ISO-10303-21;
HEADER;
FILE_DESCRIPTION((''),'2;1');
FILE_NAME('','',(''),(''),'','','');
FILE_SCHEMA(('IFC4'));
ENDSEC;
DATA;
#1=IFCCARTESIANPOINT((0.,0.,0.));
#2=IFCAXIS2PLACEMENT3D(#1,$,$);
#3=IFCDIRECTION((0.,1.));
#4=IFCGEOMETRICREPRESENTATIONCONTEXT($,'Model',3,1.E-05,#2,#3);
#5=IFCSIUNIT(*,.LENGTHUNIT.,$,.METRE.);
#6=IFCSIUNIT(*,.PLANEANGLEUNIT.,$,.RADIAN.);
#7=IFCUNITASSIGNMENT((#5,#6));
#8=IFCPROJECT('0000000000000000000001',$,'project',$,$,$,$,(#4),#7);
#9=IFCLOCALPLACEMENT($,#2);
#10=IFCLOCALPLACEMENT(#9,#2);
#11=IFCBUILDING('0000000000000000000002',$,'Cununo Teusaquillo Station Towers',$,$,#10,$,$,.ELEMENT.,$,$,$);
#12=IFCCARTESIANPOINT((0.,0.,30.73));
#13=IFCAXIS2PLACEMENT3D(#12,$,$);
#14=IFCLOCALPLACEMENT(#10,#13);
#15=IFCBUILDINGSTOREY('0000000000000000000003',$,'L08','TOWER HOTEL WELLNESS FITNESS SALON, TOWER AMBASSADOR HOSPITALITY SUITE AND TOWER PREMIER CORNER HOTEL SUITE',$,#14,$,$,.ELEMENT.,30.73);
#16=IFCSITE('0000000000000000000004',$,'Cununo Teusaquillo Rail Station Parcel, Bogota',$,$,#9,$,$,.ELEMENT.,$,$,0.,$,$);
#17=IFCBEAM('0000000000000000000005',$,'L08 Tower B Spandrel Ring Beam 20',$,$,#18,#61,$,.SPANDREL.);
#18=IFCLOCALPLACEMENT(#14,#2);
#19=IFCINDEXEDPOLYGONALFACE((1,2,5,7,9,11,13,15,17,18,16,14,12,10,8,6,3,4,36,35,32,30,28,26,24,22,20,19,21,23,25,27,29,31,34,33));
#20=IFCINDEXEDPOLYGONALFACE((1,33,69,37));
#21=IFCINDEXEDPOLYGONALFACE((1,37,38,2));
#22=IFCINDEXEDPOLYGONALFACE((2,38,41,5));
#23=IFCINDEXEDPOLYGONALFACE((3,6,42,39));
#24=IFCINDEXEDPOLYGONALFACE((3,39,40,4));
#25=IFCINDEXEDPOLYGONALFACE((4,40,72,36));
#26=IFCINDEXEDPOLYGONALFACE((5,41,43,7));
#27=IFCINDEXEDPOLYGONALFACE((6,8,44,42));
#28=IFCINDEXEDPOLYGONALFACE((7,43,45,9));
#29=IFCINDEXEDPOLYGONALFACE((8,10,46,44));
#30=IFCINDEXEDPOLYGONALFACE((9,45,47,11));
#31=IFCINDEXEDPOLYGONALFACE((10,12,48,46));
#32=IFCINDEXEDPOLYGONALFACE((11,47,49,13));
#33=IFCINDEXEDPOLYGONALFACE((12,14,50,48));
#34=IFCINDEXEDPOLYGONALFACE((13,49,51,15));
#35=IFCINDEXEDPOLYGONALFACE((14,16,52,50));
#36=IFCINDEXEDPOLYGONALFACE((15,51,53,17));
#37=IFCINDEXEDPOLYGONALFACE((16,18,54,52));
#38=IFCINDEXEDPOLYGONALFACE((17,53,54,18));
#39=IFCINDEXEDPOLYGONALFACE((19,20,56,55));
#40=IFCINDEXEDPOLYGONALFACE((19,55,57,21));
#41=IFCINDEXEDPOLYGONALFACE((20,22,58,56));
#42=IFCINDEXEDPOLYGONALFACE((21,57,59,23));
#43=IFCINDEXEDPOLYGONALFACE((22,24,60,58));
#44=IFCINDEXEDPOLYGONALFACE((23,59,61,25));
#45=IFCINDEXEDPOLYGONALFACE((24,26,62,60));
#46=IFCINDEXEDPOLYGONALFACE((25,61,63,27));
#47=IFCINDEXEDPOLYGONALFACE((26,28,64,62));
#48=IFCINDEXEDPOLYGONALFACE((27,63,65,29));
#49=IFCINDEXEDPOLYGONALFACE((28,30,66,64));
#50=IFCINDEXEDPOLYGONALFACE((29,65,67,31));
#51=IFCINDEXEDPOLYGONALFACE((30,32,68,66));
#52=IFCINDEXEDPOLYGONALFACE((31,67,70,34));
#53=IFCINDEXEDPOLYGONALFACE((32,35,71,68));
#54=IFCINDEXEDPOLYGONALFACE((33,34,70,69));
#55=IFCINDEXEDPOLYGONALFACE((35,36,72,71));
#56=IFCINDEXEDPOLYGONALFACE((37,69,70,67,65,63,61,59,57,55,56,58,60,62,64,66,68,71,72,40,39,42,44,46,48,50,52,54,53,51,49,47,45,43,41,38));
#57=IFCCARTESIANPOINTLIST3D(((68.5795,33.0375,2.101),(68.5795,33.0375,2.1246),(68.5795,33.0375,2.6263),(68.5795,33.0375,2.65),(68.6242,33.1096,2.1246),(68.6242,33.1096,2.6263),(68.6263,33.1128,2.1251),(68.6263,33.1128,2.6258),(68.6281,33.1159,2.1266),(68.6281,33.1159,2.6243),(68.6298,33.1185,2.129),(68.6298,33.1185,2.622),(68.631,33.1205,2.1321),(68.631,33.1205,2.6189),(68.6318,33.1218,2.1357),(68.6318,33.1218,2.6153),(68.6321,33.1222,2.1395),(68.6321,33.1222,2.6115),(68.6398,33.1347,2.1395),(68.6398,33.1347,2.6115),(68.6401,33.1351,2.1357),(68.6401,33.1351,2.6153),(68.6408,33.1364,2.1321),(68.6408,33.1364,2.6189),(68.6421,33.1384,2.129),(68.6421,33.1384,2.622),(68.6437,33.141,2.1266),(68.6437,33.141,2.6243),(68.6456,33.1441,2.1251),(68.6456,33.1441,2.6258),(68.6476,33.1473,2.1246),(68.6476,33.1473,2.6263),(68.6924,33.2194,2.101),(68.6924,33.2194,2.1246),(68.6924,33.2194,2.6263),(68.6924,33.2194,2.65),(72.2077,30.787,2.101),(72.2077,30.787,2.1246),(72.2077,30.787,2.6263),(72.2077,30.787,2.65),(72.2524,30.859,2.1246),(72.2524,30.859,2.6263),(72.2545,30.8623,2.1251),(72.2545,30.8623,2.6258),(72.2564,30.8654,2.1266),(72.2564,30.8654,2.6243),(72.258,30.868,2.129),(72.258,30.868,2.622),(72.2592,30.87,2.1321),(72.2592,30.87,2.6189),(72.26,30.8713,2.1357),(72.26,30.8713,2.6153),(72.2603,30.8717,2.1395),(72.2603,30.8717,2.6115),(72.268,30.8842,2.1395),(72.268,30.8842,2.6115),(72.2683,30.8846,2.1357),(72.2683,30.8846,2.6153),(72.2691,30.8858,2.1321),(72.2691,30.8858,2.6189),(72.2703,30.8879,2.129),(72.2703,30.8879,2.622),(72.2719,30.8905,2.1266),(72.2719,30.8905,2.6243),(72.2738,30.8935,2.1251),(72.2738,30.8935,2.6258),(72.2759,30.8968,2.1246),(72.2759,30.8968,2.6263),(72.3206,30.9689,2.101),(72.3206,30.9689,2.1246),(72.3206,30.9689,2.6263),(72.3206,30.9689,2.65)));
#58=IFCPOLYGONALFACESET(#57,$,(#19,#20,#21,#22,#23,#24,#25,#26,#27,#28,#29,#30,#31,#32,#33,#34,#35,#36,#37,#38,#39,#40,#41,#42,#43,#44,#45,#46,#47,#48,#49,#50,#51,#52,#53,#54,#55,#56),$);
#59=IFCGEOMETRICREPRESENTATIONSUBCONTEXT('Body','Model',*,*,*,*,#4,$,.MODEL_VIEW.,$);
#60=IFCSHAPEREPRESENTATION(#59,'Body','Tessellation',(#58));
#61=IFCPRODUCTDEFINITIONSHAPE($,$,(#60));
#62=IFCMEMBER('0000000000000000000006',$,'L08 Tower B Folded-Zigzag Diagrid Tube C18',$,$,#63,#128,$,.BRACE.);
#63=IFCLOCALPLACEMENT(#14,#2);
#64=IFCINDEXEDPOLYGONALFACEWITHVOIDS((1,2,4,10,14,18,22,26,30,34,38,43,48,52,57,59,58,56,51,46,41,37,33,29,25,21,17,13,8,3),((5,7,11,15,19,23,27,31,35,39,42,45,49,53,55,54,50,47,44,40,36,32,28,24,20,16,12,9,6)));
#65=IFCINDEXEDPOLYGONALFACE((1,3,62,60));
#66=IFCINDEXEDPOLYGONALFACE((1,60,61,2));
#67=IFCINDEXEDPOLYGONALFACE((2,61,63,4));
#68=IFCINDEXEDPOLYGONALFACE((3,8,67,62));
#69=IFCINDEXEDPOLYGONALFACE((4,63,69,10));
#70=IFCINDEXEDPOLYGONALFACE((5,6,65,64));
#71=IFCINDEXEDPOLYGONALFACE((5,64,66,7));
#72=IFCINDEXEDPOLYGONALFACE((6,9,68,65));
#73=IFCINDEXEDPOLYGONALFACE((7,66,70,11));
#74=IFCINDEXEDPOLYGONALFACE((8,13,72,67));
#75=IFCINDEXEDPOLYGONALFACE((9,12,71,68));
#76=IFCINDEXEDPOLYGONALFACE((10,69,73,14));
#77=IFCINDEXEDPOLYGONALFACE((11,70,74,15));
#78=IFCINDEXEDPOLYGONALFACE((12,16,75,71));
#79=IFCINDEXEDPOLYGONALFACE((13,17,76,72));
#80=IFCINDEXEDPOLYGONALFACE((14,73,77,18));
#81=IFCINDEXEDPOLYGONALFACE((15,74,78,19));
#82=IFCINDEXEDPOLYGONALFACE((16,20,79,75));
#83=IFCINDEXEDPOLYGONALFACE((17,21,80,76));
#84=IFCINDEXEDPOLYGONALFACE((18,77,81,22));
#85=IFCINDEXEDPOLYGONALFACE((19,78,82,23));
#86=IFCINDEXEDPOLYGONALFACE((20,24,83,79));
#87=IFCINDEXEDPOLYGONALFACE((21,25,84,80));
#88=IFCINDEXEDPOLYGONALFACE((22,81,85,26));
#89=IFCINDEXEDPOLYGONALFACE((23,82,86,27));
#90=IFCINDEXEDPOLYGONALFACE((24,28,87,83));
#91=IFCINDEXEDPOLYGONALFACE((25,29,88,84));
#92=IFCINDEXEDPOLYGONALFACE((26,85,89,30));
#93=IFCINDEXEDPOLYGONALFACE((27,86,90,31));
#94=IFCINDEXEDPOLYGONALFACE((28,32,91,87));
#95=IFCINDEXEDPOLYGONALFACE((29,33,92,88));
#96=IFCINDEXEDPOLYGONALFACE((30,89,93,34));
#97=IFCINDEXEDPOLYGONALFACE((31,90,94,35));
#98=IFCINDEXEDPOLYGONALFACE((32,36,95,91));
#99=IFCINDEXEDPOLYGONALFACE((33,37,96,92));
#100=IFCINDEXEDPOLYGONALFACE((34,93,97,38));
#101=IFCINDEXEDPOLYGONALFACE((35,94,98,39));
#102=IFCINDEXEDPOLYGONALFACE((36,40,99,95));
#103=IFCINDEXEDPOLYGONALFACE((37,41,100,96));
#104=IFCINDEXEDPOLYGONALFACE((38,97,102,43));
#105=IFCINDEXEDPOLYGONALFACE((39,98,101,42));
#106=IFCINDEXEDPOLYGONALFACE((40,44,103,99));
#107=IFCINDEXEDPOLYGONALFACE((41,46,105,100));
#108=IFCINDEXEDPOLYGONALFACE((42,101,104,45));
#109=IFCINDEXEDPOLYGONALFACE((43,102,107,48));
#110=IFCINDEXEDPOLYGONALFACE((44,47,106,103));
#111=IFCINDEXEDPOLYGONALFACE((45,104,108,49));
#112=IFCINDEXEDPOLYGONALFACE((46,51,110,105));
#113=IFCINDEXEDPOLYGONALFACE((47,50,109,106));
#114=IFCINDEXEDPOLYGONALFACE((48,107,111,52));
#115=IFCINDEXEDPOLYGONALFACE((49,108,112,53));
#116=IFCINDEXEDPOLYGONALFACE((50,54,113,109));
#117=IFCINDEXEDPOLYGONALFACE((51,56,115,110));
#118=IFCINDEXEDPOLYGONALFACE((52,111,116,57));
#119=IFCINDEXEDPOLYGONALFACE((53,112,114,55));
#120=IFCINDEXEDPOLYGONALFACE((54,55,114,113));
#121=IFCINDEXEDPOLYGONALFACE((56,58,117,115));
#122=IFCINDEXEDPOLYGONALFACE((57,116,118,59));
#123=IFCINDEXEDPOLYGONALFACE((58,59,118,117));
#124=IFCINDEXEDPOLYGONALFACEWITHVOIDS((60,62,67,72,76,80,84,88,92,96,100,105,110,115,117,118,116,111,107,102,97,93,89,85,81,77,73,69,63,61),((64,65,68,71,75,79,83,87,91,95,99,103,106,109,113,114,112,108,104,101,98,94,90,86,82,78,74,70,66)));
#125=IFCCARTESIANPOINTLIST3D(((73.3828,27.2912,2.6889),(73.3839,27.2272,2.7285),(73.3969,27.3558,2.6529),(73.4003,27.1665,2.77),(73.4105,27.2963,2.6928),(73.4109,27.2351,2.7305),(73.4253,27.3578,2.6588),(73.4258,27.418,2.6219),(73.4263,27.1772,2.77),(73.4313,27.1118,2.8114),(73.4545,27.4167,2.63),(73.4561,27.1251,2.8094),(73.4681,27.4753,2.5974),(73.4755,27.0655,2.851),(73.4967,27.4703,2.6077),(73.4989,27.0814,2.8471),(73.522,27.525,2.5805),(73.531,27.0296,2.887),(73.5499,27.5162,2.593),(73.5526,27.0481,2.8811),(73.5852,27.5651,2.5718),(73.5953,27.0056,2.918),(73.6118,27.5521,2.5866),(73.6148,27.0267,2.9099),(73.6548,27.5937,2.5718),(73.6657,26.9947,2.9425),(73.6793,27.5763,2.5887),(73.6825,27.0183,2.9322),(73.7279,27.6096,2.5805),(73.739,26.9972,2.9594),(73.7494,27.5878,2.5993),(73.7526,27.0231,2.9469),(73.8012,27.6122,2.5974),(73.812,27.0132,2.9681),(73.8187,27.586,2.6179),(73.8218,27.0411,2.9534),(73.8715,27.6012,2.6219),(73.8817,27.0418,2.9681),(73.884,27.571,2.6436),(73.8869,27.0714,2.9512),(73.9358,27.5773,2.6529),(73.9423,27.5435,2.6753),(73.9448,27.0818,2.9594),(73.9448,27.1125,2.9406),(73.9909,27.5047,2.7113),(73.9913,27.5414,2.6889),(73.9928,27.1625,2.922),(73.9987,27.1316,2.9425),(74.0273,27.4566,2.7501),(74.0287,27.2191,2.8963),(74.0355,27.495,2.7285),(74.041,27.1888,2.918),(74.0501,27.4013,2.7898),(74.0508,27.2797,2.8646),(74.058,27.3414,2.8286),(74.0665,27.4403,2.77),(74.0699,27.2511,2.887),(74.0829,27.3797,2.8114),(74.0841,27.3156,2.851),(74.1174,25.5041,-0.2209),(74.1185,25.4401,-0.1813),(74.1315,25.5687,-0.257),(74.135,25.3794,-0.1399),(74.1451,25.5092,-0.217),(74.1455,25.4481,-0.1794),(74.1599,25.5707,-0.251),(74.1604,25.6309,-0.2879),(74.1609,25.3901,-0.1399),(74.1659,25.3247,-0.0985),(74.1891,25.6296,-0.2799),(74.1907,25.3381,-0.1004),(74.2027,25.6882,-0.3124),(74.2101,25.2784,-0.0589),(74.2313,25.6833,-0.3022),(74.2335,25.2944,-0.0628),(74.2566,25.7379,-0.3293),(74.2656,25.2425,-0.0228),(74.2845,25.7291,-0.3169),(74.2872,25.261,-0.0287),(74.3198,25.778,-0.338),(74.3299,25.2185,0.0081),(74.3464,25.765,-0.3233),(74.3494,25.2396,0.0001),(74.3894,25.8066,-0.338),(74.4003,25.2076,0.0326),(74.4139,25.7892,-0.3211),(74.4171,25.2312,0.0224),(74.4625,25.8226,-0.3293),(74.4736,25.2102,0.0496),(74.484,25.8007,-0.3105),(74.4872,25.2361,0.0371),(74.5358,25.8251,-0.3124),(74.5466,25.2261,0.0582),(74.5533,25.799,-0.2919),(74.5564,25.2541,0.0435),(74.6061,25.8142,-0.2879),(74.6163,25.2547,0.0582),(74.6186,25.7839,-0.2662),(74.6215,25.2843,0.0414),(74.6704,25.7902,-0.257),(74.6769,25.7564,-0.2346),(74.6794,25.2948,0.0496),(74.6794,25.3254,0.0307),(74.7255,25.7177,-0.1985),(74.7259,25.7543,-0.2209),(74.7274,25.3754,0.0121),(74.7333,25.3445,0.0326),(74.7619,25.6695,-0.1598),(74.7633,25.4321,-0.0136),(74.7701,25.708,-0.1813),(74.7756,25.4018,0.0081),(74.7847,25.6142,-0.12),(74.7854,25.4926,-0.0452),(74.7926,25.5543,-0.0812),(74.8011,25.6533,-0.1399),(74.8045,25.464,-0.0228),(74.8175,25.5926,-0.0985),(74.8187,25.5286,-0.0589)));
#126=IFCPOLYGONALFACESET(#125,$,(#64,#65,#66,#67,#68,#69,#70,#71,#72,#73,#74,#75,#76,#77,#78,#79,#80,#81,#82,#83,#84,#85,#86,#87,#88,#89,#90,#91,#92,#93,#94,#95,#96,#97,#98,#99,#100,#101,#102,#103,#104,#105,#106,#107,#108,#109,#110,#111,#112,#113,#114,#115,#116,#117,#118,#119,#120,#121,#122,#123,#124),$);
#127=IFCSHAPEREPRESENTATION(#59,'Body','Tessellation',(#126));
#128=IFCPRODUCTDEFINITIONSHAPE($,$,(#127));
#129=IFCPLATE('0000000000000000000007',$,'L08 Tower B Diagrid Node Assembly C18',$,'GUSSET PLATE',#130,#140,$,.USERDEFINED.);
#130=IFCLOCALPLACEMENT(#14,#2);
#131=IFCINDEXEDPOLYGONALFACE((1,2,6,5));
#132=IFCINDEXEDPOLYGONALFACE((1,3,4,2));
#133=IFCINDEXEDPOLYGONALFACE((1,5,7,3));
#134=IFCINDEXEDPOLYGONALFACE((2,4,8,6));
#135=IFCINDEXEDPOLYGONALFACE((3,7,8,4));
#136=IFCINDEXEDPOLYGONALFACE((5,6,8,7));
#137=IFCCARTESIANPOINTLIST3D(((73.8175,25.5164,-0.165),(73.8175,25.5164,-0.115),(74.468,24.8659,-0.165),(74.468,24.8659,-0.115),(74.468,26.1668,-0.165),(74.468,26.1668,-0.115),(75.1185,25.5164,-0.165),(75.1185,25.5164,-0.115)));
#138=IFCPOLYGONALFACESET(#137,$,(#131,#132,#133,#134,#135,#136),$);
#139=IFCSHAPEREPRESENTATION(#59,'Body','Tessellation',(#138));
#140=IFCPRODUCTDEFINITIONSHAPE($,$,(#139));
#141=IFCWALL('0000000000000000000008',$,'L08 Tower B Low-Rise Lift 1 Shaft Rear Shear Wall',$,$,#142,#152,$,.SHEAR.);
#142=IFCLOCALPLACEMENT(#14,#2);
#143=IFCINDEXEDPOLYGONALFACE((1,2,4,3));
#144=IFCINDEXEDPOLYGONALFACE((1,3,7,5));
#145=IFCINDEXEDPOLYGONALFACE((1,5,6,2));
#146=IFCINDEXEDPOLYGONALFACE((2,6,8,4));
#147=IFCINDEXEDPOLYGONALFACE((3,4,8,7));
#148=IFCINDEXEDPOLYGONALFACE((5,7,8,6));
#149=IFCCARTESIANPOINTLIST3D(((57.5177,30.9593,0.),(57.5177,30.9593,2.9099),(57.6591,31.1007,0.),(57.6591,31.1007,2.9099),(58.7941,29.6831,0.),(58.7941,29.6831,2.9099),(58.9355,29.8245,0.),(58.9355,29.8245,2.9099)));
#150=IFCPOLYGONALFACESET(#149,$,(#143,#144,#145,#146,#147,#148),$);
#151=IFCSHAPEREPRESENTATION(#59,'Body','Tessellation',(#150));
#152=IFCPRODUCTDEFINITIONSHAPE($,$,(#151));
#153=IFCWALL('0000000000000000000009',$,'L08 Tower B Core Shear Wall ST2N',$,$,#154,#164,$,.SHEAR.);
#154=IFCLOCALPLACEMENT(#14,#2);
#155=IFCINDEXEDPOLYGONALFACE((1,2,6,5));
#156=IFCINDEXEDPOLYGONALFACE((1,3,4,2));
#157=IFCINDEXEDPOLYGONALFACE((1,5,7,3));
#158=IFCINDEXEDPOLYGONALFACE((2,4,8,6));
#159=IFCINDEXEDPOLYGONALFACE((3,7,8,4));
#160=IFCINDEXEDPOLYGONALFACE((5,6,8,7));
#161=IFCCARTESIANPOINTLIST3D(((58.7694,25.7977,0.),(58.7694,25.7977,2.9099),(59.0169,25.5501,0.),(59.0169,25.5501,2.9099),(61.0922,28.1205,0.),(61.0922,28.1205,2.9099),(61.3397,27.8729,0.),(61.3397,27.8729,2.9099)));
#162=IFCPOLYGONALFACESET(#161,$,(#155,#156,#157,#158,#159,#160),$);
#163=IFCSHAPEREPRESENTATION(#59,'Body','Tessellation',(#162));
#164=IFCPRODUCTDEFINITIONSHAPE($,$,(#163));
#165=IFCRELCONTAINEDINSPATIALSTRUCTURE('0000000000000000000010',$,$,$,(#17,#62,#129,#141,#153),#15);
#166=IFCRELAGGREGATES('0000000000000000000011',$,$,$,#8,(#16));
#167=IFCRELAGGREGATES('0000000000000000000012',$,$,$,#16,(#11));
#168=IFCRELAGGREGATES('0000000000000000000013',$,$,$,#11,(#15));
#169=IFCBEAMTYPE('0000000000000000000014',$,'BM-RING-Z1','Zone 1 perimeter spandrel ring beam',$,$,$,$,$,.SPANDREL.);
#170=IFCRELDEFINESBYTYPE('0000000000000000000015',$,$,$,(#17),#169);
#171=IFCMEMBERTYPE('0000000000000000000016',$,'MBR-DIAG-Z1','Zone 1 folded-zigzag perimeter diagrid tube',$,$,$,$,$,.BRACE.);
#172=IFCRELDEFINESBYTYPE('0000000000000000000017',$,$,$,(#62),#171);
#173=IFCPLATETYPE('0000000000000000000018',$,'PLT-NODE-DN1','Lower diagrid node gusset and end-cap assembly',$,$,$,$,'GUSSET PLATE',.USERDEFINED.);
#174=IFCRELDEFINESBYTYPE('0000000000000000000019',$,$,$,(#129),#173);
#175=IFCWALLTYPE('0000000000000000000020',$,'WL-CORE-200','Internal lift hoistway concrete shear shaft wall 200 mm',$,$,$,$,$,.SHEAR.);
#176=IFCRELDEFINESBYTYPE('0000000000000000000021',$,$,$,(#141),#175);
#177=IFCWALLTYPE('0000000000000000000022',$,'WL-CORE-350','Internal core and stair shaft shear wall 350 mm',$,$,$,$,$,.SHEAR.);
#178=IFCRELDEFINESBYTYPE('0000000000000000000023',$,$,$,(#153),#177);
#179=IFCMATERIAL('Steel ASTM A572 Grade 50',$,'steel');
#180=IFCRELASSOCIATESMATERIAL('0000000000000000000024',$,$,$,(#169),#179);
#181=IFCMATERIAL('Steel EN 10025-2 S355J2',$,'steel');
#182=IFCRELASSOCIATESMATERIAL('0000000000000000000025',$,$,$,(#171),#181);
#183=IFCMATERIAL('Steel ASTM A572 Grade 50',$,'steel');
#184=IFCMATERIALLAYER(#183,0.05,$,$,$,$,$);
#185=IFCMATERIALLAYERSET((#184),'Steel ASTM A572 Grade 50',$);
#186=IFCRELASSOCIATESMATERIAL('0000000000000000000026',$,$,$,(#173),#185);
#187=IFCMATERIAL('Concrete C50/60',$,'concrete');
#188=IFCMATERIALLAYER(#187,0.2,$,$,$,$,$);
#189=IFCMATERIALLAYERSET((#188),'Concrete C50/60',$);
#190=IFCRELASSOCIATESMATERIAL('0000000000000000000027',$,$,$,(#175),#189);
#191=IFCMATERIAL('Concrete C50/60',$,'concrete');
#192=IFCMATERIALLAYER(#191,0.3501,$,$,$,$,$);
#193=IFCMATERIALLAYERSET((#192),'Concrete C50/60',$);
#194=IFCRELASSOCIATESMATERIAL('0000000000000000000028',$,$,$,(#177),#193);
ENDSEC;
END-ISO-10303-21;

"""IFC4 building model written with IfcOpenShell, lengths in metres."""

from ifc_helpers import new_model, si_unit, direction, frame, frame_2d, origin, origin_2d, place, context, subcontext, project, spatial, rectangle, hollow_circle, i_section, extrude, source, transform, mapped, material, layer, layer_set, material_profile, profile_set, type_object, element, save


model = new_model("IFC4")

# Units and contexts
model_context = context("Model", 3, precision=1e-05, world=origin(), true_north=direction((0.0, 1.0)))
body_context = subcontext(model_context, "Body", "Model", "MODEL_VIEW")
ifc_project = project(units=[si_unit("LENGTHUNIT", "METRE"), si_unit("PLANEANGLEUNIT", "RADIAN")], contexts=[model_context])

# Site, building, storey
site_placement = place(None, origin())
site = spatial("IfcSite", under=ifc_project, at=site_placement, Name="Cununo Teusaquillo Rail Station Parcel, Bogota", CompositionType="ELEMENT", RefElevation=0.0)
building_placement = place(site_placement, origin())
building = spatial("IfcBuilding", under=site, at=building_placement, Name="Cununo Teusaquillo Station Towers", CompositionType="ELEMENT")
storey_placement = place(building_placement, frame((0.0, 0.0, 30.73)))
storey = spatial("IfcBuildingStorey", under=building, at=storey_placement, Name="L08", Description="TOWER HOTEL WELLNESS FITNESS SALON, TOWER AMBASSADOR HOSPITALITY SUITE AND TOWER PREMIER CORNER HOTEL SUITE", CompositionType="ELEMENT", Elevation=30.73)

# Beam
ifc_material_1 = material(Name="Steel ASTM A572 Grade 50", Category="steel")
ifc_material_profile_1 = material_profile(ifc_material_1, i_section(OverallWidth=0.2141, OverallDepth=0.5491, WebThickness=0.0146, FlangeThickness=0.0237, FilletRadius=0.0149, at=origin_2d()), Name="W21X93")
ifc_profile_set_1 = profile_set([ifc_material_profile_1], Name="Steel ASTM A572 Grade 50")
beam_type_1 = type_object("IfcBeamType", Name="BM-RING-Z1", Description="Zone 1 perimeter spandrel ring beam", PredefinedType="SPANDREL", material=ifc_profile_set_1)
beam_1_placement = place(storey_placement, frame((72.2642, 30.8779, 2.3755), z_axis=(-0.849796, 0.527112, 0.0), x_axis=(-0.527112, -0.849796, 0.0)))
element("IfcBeam", 1, at=beam_1_placement, inside=storey, type_object=beam_type_1, Name="L08 Tower B Spandrel Ring Beam 20", PredefinedType="SPANDREL", context=body_context, shape_type="SweptSolid", body=[
    extrude(i_section(OverallWidth=0.2141, OverallDepth=0.5491, WebThickness=0.0146, FlangeThickness=0.0237, FilletRadius=0.0149, at=origin_2d()), origin(), (0.0, 0.0, 1.0), 4.2695),
])

# Member
ifc_material_2 = material(Name="Steel EN 10025-2 S355J2", Category="steel")
ifc_material_profile_2 = material_profile(ifc_material_2, hollow_circle(Radius=0.3601, WallThickness=0.0281, at=origin_2d()), Name="CHS 720x28")
ifc_profile_set_2 = profile_set([ifc_material_profile_2], Name="Steel EN 10025-2 S355J2")
member_type = type_object("IfcMemberType", Name="MBR-DIAG-Z1", Description="Zone 1 folded-zigzag perimeter diagrid tube", PredefinedType="BRACE", material=ifc_profile_set_2)
member_placement = place(storey_placement, frame((74.468, 25.5164, -0.1399), z_axis=(-0.210312, 0.511627, 0.833071), x_axis=(-0.924906, -0.380197, 0.0)))
element("IfcMember", 2, at=member_placement, inside=storey, type_object=member_type, Name="L08 Tower B Folded-Zigzag Diagrid Tube C18", PredefinedType="BRACE", context=body_context, shape_type="SweptSolid", body=[
    extrude(hollow_circle(Radius=0.3601, WallThickness=0.0281, at=origin_2d()), origin(), (0.0, 0.0, 1.0), 3.4929),
])

# Plate
ifc_material_3 = material(Name="Steel ASTM A572 Grade 50", Category="steel")
ifc_layer_1 = layer(ifc_material_3, 0.05)
ifc_layer_set_1 = layer_set([ifc_layer_1], Name="Steel ASTM A572 Grade 50")
plate_type = type_object("IfcPlateType", Name="PLT-NODE-DN1", Description="Lower diagrid node gusset and end-cap assembly", ElementType="GUSSET PLATE", PredefinedType="USERDEFINED", material=ifc_layer_set_1)
shared_shape_1 = source(origin(), body_context, "Body", "SweptSolid", [
    extrude(rectangle(XDim=0.9199, YDim=0.9199, at=origin_2d()), origin(), (0.0, 0.0, 1.0), 0.05),
])
plate_placement = place(storey_placement, frame((74.468, 25.5164, -0.165), z_axis=(0.0, 0.0, 1.0), x_axis=(0.707107, 0.707107, 0.0)))
element("IfcPlate", 3, at=plate_placement, inside=storey, type_object=plate_type, Name="L08 Tower B Diagrid Node Assembly C18", ObjectType="GUSSET PLATE", PredefinedType="USERDEFINED", context=body_context, shape_type="MappedRepresentation", body=[
    mapped(shared_shape_1, transform((0.0, 0.0, 0.0), x_axis=(1.0, 0.0, 0.0), y_axis=(0.0, 1.0, 0.0), z_axis=(0.0, 0.0, 1.0), scale=1.0)),
])

# Walls
ifc_material_4 = material(Name="Concrete C50/60", Category="concrete")
ifc_layer_2 = layer(ifc_material_4, 0.2)
ifc_layer_set_2 = layer_set([ifc_layer_2], Name="Concrete C50/60")
wall_type_1 = type_object("IfcWallType", Name="WL-CORE-200", Description="Internal lift hoistway concrete shear shaft wall 200 mm", PredefinedType="SHEAR", material=ifc_layer_set_2)
wall_1_placement = place(storey_placement, frame((58.8647, 29.7539, 0.0), z_axis=(0.0, 0.0, 1.0), x_axis=(-0.707174, 0.707039, 0.0)))
element("IfcWall", 4, at=wall_1_placement, inside=storey, type_object=wall_type_1, Name="L08 Tower B Low-Rise Lift 1 Shaft Rear Shear Wall", PredefinedType="SHEAR", context=body_context, shape_type="SweptSolid", body=[
    extrude(rectangle(XDim=1.8049, YDim=0.2, at=frame_2d((0.9023, 0.0))), origin(), (0.0, 0.0, 1.0), 2.9099),
])
ifc_material_5 = material(Name="Concrete C50/60", Category="concrete")
ifc_layer_3 = layer(ifc_material_5, 0.3501)
ifc_layer_set_3 = layer_set([ifc_layer_3], Name="Concrete C50/60")
wall_type_2 = type_object("IfcWallType", Name="WL-CORE-350", Description="Internal core and stair shaft shear wall 350 mm", PredefinedType="SHEAR", material=ifc_layer_set_3)
wall_2_placement = place(storey_placement, frame((58.8931, 25.6738, 0.0), z_axis=(0.0, 0.0, 1.0), x_axis=(0.707107, 0.707107, 0.0)))
element("IfcWall", 5, at=wall_2_placement, inside=storey, type_object=wall_type_2, Name="L08 Tower B Core Shear Wall ST2N", PredefinedType="SHEAR", context=body_context, shape_type="SweptSolid", body=[
    extrude(rectangle(XDim=3.2849, YDim=0.3501, at=frame_2d((1.6426, 0.0))), origin(), (0.0, 0.0, 1.0), 2.9099),
])

save(model, "model.ifc")
